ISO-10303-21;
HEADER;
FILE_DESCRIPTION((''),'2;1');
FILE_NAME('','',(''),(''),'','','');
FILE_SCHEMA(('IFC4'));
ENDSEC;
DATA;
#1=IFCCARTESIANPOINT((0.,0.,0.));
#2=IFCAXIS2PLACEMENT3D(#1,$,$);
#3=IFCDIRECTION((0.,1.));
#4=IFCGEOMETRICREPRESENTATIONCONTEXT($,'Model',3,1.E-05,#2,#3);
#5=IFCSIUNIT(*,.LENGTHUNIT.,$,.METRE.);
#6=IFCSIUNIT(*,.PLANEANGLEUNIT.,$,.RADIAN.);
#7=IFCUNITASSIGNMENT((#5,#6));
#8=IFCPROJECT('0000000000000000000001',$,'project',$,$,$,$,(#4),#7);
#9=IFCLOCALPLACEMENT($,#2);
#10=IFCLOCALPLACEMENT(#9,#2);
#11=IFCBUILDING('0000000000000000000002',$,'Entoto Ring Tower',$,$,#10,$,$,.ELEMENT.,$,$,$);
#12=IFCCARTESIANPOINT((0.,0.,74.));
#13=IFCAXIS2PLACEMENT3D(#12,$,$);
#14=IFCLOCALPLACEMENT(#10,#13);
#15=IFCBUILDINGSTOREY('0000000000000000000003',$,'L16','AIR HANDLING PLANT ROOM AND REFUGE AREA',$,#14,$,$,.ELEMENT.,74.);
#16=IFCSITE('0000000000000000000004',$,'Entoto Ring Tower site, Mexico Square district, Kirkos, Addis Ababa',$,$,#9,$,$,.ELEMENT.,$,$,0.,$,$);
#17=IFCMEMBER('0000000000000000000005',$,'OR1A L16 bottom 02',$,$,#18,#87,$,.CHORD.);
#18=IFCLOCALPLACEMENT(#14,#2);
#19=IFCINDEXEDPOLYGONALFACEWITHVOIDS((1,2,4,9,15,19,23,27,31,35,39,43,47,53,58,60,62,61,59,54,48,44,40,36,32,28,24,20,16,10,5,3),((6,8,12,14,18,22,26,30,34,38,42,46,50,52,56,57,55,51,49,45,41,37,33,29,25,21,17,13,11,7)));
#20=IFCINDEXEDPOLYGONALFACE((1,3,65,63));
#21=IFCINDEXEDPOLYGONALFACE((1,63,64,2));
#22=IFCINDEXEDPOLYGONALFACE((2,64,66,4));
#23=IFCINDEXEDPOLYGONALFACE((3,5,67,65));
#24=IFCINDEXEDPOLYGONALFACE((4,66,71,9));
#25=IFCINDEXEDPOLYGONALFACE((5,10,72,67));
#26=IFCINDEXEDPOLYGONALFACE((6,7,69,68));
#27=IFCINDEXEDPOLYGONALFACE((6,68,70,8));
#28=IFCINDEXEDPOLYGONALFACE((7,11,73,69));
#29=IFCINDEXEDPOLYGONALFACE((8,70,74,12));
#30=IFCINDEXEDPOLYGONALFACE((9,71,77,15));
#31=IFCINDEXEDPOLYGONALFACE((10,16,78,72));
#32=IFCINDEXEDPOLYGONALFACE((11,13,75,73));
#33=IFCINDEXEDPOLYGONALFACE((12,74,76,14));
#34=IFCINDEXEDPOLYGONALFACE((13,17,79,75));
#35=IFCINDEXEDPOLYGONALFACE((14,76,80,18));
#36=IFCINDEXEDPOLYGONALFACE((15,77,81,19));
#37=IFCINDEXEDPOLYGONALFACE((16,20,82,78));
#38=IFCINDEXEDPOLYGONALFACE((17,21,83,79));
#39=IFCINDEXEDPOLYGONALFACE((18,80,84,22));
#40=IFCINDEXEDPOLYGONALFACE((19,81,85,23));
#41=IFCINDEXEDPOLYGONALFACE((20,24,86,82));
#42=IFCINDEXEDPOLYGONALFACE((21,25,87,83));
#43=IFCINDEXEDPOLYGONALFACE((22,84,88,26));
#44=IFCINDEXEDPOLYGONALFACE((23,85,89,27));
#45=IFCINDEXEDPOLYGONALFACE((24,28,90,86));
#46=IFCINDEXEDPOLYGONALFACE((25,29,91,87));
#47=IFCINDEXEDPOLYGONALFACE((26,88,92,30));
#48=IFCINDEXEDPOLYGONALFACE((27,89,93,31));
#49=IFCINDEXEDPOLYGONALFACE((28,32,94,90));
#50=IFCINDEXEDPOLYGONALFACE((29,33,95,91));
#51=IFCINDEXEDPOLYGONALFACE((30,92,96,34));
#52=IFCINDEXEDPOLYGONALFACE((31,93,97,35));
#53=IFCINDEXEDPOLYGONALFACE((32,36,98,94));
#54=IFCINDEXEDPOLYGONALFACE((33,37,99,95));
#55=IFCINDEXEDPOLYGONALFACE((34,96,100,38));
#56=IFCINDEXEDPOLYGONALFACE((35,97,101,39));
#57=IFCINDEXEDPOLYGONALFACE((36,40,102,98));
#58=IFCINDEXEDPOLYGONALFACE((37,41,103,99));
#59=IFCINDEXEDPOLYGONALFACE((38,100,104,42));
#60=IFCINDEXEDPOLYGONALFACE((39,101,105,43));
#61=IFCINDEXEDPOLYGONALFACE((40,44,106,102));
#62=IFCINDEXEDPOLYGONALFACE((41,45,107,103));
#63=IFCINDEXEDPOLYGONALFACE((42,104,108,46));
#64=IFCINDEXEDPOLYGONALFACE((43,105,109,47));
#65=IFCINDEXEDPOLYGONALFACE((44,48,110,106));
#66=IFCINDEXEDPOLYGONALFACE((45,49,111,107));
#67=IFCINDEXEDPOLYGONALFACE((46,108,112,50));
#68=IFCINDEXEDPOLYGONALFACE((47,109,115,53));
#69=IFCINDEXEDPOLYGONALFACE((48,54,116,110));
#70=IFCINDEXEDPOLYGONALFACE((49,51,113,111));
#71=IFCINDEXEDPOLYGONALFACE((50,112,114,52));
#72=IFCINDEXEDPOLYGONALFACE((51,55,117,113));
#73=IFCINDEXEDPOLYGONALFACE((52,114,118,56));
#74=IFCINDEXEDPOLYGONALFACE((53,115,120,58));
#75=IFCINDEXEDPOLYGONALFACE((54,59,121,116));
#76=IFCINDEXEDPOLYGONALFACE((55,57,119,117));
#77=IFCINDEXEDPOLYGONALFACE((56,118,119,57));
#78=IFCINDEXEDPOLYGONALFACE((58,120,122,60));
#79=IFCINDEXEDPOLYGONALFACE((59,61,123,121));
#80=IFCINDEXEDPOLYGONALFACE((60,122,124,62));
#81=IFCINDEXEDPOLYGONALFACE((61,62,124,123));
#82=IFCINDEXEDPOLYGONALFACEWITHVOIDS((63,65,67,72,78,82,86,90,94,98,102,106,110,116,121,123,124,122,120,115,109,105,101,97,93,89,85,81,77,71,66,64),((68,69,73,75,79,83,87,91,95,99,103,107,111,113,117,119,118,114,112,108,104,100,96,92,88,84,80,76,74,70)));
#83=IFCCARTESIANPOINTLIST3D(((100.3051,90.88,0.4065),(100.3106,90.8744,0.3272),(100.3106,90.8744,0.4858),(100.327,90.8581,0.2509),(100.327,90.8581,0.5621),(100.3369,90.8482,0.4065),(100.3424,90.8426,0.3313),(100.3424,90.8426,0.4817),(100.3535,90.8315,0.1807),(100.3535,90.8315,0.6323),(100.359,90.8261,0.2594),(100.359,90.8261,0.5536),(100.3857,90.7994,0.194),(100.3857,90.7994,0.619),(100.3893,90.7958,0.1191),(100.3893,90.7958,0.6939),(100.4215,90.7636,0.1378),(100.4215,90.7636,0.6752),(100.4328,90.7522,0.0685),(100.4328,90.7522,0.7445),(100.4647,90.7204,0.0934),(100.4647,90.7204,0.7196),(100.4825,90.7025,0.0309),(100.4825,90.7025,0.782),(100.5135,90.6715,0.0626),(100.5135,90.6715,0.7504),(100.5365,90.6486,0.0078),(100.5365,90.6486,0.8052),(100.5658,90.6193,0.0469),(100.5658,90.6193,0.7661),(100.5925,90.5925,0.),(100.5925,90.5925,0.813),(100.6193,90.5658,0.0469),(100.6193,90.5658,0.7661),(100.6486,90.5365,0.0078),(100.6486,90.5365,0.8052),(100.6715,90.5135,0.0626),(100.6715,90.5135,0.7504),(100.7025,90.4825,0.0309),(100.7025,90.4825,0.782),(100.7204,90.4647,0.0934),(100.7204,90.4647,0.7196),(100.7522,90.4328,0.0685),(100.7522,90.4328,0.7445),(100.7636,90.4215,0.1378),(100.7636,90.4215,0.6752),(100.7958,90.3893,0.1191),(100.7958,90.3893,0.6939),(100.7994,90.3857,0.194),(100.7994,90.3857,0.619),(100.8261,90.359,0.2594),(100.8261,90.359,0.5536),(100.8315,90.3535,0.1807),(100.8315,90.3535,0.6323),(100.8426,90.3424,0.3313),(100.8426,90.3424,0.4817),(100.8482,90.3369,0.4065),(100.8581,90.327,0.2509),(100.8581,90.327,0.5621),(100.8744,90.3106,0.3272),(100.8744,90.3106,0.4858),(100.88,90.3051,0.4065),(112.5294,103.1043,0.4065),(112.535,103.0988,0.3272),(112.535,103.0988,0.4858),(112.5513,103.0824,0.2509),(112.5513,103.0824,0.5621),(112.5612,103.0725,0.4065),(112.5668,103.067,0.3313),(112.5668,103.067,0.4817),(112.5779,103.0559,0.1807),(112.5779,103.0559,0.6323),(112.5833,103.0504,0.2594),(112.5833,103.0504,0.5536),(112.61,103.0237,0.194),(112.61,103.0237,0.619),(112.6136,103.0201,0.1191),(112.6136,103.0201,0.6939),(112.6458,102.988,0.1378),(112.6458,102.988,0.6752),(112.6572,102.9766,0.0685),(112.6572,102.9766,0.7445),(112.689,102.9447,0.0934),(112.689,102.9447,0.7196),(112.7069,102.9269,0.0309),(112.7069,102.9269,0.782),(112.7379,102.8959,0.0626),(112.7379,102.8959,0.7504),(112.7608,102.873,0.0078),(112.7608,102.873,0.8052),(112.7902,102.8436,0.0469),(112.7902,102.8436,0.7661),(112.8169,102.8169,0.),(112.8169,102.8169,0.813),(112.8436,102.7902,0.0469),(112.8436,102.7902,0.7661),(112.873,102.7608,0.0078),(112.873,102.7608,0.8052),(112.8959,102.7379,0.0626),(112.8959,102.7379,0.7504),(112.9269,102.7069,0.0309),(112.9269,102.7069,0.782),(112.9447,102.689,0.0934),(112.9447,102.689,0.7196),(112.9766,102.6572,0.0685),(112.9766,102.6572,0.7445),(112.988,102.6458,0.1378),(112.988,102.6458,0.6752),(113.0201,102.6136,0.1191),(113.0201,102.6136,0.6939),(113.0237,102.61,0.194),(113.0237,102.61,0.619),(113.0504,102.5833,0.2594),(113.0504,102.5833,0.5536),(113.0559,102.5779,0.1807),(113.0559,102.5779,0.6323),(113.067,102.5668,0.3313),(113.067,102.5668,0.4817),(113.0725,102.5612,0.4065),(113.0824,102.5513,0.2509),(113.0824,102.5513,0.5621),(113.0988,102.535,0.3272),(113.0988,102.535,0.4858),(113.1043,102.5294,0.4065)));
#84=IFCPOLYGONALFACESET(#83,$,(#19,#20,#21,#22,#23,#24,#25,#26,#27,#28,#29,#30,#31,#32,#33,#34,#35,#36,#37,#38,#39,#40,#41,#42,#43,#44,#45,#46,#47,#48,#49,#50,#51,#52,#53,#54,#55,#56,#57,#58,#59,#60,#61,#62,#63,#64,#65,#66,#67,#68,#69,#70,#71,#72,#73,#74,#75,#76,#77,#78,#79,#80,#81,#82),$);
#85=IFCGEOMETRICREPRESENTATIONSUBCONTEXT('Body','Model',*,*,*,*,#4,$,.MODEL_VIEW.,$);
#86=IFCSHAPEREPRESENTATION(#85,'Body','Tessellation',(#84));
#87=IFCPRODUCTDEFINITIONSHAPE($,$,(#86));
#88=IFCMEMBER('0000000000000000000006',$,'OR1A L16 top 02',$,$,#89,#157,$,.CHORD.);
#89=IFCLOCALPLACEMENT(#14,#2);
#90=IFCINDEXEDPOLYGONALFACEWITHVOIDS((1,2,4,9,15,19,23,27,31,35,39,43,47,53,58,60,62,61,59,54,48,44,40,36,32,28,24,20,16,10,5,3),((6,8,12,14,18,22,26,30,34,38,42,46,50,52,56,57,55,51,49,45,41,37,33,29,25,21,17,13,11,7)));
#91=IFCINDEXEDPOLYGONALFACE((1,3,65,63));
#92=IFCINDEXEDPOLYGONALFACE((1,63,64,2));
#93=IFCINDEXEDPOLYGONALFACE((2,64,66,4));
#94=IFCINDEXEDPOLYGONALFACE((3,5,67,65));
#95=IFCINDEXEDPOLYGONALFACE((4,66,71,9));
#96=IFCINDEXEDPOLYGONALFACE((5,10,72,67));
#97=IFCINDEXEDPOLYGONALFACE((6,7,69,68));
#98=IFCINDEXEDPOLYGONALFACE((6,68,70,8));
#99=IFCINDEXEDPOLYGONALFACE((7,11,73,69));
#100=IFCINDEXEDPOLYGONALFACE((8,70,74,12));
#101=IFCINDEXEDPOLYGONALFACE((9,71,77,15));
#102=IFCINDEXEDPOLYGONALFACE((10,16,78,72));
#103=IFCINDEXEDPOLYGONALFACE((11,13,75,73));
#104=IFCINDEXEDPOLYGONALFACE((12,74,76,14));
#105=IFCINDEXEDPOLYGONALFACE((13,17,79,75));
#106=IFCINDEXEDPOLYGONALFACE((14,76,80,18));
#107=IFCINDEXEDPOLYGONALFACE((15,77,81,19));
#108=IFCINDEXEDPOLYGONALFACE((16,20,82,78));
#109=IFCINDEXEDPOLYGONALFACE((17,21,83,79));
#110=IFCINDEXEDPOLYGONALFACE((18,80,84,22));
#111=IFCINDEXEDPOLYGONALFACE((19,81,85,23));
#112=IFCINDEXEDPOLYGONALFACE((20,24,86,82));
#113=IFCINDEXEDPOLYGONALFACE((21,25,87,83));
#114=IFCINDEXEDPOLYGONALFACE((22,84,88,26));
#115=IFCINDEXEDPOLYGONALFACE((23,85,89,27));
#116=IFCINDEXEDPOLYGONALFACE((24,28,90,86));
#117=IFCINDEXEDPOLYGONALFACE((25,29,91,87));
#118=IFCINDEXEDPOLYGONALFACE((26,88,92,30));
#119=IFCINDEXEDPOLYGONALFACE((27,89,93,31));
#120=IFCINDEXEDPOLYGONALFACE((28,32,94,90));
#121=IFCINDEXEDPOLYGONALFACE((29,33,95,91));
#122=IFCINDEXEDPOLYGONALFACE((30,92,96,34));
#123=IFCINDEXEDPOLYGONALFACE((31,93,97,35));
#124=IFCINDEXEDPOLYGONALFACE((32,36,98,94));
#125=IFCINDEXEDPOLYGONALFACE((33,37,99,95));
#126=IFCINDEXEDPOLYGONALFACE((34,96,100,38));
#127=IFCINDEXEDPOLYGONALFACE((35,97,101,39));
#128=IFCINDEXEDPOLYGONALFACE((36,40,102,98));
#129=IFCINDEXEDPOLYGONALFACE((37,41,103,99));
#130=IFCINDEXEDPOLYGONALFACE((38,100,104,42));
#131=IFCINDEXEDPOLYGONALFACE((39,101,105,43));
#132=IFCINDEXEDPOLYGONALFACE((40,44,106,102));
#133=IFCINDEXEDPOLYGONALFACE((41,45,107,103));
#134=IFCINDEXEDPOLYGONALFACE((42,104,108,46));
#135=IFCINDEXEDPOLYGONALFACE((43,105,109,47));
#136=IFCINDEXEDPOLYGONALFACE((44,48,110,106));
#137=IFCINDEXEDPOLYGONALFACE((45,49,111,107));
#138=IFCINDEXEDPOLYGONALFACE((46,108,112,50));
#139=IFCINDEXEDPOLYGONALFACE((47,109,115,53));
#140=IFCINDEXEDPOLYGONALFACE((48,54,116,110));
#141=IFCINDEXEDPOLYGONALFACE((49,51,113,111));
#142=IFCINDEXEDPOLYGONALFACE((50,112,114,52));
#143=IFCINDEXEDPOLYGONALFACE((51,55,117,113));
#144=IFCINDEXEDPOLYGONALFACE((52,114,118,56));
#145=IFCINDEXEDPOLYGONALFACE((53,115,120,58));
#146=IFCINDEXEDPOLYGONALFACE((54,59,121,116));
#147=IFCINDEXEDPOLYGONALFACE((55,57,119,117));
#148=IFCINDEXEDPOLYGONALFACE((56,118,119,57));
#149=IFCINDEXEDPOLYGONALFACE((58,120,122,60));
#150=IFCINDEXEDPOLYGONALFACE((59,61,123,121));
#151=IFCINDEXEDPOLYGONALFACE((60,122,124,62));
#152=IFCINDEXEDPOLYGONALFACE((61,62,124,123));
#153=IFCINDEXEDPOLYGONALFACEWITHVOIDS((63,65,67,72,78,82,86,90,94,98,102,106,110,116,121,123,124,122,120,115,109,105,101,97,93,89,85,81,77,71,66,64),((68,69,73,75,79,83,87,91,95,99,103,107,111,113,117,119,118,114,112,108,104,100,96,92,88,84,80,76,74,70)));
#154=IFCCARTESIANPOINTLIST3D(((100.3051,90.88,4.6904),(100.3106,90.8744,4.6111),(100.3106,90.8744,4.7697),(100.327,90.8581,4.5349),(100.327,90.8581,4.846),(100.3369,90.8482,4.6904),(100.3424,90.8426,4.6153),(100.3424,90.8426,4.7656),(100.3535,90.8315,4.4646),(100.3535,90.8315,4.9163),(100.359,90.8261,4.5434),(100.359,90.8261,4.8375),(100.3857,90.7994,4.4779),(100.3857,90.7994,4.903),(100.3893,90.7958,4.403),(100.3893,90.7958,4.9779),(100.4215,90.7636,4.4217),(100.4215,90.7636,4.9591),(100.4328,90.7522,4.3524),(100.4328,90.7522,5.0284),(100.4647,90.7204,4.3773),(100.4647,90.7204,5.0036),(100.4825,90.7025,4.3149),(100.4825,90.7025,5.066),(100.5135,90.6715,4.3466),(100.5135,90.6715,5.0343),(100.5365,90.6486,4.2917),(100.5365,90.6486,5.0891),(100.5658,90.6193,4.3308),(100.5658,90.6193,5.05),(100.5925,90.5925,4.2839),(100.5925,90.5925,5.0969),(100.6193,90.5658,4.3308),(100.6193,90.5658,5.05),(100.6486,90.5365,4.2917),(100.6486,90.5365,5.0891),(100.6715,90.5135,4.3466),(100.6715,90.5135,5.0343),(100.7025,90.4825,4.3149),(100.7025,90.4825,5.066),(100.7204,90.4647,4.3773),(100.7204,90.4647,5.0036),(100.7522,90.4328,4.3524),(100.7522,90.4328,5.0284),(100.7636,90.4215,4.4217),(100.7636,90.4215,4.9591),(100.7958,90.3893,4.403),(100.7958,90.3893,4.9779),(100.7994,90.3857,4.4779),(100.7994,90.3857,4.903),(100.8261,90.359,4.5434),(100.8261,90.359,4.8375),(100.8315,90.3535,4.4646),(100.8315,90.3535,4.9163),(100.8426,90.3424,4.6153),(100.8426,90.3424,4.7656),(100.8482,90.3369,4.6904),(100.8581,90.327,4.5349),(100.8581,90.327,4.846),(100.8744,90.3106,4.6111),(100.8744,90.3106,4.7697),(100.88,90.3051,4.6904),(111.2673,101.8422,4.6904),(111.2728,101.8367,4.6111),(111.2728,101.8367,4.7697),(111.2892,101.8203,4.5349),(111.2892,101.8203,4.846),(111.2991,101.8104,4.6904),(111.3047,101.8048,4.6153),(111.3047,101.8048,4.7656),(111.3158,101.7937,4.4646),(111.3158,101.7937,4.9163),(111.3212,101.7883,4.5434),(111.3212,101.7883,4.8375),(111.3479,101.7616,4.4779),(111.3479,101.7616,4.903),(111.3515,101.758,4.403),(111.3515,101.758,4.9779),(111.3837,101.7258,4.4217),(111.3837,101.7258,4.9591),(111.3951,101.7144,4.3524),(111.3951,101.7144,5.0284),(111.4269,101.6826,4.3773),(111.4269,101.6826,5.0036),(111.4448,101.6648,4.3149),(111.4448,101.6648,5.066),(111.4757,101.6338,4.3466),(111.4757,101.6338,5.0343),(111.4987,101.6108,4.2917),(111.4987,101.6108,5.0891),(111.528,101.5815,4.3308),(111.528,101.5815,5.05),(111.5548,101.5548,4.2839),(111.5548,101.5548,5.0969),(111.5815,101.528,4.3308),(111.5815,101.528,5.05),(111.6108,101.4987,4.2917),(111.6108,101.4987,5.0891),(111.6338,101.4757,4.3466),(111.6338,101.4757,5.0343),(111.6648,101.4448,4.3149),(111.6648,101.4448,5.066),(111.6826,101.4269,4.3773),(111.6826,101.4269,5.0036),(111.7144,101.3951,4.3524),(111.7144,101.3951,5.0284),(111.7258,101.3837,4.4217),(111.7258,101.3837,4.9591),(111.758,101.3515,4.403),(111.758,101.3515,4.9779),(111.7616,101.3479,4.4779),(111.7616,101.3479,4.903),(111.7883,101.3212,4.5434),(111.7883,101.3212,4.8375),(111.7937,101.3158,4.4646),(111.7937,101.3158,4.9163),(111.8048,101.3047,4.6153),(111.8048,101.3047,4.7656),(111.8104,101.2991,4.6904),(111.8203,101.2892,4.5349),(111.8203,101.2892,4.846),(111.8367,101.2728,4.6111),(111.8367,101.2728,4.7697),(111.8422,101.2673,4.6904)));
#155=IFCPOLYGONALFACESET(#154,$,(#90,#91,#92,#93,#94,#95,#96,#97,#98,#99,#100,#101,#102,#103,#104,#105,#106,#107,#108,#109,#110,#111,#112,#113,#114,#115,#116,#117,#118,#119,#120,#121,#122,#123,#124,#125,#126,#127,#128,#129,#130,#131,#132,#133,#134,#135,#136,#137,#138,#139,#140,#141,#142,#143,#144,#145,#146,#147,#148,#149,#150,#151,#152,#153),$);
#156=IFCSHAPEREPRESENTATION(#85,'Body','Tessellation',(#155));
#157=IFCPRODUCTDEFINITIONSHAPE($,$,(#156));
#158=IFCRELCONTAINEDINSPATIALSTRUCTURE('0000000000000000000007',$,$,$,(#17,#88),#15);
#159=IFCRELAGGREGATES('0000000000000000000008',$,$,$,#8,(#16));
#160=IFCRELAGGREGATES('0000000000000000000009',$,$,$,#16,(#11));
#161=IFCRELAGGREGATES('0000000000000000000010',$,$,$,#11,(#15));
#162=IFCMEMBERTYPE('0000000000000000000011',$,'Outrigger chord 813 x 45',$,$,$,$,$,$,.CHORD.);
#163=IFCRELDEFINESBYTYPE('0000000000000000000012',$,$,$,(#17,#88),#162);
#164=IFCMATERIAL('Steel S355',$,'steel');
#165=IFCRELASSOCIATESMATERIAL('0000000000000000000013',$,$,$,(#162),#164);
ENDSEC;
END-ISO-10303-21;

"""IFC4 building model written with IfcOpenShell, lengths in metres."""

from ifc_helpers import new_model, si_unit, direction, frame, origin, origin_2d, place, context, subcontext, project, spatial, circle, hollow_circle, extrude, material, material_profile, profile_set, type_object, element, save


model = new_model("IFC4")

# Units and contexts
model_context = context("Model", 3, precision=1e-05, world=origin(), true_north=direction((0.0, 1.0)))
body_context = subcontext(model_context, "Body", "Model", "MODEL_VIEW")
ifc_project = project(units=[si_unit("LENGTHUNIT", "METRE"), si_unit("PLANEANGLEUNIT", "RADIAN")], contexts=[model_context])

# Site, building, storey
site_placement = place(None, origin())
site = spatial("IfcSite", under=ifc_project, at=site_placement, Name="Entoto Ring Tower site, Mexico Square district, Kirkos, Addis Ababa", CompositionType="ELEMENT", RefElevation=0.0)
building_placement = place(site_placement, origin())
building = spatial("IfcBuilding", under=site, at=building_placement, Name="Entoto Ring Tower", CompositionType="ELEMENT")
storey_placement = place(building_placement, frame((0.0, 0.0, 74.0)))
storey = spatial("IfcBuildingStorey", under=building, at=storey_placement, Name="L16", Description="AIR HANDLING PLANT ROOM AND REFUGE AREA", CompositionType="ELEMENT", Elevation=74.0)

# Members
ifc_material_1 = material(Name="Steel S355", Category="steel")
ifc_material_profile_1 = material_profile(ifc_material_1, hollow_circle(Radius=0.4065, WallThickness=0.0449, at=origin_2d()), Name="CHS 813 x 45")
ifc_material_2 = material(Name="Concrete C60/75", Category="concrete")
ifc_material_profile_2 = material_profile(ifc_material_2, circle(Radius=0.3616, at=origin_2d()), Name="Concrete C60/75 infill")
ifc_profile_set_1 = profile_set([ifc_material_profile_1, ifc_material_profile_2], Name="Steel S355")
member_type_1 = type_object("IfcMemberType", Name="Outrigger chord 813 x 45", PredefinedType="CHORD", material=ifc_profile_set_1)
member_1_placement = place(storey_placement, frame((100.5925, 90.5925, 0.4065), z_axis=(0.707107, 0.707107, 0.0), x_axis=(-0.707107, 0.707107, 0.0)))
element("IfcMember", 1, at=member_1_placement, inside=storey, type_object=member_type_1, Name="OR1A L16 bottom 02", PredefinedType="CHORD", context=body_context, shape_type="SweptSolid", body=[
    extrude(hollow_circle(Radius=0.4065, WallThickness=0.0449, at=origin_2d()), origin(), (0.0, 0.0, 1.0), 17.2878),
])
member_2_placement = place(storey_placement, frame((100.5925, 90.5925, 4.6904), z_axis=(0.707107, 0.707107, 0.0), x_axis=(-0.707107, 0.707107, 0.0)))
element("IfcMember", 2, at=member_2_placement, inside=storey, type_object=member_type_1, Name="OR1A L16 top 02", PredefinedType="CHORD", context=body_context, shape_type="SweptSolid", body=[
    extrude(hollow_circle(Radius=0.4065, WallThickness=0.0449, at=origin_2d()), origin(), (0.0, 0.0, 1.0), 15.5029),
])

save(model, "model.ifc")
